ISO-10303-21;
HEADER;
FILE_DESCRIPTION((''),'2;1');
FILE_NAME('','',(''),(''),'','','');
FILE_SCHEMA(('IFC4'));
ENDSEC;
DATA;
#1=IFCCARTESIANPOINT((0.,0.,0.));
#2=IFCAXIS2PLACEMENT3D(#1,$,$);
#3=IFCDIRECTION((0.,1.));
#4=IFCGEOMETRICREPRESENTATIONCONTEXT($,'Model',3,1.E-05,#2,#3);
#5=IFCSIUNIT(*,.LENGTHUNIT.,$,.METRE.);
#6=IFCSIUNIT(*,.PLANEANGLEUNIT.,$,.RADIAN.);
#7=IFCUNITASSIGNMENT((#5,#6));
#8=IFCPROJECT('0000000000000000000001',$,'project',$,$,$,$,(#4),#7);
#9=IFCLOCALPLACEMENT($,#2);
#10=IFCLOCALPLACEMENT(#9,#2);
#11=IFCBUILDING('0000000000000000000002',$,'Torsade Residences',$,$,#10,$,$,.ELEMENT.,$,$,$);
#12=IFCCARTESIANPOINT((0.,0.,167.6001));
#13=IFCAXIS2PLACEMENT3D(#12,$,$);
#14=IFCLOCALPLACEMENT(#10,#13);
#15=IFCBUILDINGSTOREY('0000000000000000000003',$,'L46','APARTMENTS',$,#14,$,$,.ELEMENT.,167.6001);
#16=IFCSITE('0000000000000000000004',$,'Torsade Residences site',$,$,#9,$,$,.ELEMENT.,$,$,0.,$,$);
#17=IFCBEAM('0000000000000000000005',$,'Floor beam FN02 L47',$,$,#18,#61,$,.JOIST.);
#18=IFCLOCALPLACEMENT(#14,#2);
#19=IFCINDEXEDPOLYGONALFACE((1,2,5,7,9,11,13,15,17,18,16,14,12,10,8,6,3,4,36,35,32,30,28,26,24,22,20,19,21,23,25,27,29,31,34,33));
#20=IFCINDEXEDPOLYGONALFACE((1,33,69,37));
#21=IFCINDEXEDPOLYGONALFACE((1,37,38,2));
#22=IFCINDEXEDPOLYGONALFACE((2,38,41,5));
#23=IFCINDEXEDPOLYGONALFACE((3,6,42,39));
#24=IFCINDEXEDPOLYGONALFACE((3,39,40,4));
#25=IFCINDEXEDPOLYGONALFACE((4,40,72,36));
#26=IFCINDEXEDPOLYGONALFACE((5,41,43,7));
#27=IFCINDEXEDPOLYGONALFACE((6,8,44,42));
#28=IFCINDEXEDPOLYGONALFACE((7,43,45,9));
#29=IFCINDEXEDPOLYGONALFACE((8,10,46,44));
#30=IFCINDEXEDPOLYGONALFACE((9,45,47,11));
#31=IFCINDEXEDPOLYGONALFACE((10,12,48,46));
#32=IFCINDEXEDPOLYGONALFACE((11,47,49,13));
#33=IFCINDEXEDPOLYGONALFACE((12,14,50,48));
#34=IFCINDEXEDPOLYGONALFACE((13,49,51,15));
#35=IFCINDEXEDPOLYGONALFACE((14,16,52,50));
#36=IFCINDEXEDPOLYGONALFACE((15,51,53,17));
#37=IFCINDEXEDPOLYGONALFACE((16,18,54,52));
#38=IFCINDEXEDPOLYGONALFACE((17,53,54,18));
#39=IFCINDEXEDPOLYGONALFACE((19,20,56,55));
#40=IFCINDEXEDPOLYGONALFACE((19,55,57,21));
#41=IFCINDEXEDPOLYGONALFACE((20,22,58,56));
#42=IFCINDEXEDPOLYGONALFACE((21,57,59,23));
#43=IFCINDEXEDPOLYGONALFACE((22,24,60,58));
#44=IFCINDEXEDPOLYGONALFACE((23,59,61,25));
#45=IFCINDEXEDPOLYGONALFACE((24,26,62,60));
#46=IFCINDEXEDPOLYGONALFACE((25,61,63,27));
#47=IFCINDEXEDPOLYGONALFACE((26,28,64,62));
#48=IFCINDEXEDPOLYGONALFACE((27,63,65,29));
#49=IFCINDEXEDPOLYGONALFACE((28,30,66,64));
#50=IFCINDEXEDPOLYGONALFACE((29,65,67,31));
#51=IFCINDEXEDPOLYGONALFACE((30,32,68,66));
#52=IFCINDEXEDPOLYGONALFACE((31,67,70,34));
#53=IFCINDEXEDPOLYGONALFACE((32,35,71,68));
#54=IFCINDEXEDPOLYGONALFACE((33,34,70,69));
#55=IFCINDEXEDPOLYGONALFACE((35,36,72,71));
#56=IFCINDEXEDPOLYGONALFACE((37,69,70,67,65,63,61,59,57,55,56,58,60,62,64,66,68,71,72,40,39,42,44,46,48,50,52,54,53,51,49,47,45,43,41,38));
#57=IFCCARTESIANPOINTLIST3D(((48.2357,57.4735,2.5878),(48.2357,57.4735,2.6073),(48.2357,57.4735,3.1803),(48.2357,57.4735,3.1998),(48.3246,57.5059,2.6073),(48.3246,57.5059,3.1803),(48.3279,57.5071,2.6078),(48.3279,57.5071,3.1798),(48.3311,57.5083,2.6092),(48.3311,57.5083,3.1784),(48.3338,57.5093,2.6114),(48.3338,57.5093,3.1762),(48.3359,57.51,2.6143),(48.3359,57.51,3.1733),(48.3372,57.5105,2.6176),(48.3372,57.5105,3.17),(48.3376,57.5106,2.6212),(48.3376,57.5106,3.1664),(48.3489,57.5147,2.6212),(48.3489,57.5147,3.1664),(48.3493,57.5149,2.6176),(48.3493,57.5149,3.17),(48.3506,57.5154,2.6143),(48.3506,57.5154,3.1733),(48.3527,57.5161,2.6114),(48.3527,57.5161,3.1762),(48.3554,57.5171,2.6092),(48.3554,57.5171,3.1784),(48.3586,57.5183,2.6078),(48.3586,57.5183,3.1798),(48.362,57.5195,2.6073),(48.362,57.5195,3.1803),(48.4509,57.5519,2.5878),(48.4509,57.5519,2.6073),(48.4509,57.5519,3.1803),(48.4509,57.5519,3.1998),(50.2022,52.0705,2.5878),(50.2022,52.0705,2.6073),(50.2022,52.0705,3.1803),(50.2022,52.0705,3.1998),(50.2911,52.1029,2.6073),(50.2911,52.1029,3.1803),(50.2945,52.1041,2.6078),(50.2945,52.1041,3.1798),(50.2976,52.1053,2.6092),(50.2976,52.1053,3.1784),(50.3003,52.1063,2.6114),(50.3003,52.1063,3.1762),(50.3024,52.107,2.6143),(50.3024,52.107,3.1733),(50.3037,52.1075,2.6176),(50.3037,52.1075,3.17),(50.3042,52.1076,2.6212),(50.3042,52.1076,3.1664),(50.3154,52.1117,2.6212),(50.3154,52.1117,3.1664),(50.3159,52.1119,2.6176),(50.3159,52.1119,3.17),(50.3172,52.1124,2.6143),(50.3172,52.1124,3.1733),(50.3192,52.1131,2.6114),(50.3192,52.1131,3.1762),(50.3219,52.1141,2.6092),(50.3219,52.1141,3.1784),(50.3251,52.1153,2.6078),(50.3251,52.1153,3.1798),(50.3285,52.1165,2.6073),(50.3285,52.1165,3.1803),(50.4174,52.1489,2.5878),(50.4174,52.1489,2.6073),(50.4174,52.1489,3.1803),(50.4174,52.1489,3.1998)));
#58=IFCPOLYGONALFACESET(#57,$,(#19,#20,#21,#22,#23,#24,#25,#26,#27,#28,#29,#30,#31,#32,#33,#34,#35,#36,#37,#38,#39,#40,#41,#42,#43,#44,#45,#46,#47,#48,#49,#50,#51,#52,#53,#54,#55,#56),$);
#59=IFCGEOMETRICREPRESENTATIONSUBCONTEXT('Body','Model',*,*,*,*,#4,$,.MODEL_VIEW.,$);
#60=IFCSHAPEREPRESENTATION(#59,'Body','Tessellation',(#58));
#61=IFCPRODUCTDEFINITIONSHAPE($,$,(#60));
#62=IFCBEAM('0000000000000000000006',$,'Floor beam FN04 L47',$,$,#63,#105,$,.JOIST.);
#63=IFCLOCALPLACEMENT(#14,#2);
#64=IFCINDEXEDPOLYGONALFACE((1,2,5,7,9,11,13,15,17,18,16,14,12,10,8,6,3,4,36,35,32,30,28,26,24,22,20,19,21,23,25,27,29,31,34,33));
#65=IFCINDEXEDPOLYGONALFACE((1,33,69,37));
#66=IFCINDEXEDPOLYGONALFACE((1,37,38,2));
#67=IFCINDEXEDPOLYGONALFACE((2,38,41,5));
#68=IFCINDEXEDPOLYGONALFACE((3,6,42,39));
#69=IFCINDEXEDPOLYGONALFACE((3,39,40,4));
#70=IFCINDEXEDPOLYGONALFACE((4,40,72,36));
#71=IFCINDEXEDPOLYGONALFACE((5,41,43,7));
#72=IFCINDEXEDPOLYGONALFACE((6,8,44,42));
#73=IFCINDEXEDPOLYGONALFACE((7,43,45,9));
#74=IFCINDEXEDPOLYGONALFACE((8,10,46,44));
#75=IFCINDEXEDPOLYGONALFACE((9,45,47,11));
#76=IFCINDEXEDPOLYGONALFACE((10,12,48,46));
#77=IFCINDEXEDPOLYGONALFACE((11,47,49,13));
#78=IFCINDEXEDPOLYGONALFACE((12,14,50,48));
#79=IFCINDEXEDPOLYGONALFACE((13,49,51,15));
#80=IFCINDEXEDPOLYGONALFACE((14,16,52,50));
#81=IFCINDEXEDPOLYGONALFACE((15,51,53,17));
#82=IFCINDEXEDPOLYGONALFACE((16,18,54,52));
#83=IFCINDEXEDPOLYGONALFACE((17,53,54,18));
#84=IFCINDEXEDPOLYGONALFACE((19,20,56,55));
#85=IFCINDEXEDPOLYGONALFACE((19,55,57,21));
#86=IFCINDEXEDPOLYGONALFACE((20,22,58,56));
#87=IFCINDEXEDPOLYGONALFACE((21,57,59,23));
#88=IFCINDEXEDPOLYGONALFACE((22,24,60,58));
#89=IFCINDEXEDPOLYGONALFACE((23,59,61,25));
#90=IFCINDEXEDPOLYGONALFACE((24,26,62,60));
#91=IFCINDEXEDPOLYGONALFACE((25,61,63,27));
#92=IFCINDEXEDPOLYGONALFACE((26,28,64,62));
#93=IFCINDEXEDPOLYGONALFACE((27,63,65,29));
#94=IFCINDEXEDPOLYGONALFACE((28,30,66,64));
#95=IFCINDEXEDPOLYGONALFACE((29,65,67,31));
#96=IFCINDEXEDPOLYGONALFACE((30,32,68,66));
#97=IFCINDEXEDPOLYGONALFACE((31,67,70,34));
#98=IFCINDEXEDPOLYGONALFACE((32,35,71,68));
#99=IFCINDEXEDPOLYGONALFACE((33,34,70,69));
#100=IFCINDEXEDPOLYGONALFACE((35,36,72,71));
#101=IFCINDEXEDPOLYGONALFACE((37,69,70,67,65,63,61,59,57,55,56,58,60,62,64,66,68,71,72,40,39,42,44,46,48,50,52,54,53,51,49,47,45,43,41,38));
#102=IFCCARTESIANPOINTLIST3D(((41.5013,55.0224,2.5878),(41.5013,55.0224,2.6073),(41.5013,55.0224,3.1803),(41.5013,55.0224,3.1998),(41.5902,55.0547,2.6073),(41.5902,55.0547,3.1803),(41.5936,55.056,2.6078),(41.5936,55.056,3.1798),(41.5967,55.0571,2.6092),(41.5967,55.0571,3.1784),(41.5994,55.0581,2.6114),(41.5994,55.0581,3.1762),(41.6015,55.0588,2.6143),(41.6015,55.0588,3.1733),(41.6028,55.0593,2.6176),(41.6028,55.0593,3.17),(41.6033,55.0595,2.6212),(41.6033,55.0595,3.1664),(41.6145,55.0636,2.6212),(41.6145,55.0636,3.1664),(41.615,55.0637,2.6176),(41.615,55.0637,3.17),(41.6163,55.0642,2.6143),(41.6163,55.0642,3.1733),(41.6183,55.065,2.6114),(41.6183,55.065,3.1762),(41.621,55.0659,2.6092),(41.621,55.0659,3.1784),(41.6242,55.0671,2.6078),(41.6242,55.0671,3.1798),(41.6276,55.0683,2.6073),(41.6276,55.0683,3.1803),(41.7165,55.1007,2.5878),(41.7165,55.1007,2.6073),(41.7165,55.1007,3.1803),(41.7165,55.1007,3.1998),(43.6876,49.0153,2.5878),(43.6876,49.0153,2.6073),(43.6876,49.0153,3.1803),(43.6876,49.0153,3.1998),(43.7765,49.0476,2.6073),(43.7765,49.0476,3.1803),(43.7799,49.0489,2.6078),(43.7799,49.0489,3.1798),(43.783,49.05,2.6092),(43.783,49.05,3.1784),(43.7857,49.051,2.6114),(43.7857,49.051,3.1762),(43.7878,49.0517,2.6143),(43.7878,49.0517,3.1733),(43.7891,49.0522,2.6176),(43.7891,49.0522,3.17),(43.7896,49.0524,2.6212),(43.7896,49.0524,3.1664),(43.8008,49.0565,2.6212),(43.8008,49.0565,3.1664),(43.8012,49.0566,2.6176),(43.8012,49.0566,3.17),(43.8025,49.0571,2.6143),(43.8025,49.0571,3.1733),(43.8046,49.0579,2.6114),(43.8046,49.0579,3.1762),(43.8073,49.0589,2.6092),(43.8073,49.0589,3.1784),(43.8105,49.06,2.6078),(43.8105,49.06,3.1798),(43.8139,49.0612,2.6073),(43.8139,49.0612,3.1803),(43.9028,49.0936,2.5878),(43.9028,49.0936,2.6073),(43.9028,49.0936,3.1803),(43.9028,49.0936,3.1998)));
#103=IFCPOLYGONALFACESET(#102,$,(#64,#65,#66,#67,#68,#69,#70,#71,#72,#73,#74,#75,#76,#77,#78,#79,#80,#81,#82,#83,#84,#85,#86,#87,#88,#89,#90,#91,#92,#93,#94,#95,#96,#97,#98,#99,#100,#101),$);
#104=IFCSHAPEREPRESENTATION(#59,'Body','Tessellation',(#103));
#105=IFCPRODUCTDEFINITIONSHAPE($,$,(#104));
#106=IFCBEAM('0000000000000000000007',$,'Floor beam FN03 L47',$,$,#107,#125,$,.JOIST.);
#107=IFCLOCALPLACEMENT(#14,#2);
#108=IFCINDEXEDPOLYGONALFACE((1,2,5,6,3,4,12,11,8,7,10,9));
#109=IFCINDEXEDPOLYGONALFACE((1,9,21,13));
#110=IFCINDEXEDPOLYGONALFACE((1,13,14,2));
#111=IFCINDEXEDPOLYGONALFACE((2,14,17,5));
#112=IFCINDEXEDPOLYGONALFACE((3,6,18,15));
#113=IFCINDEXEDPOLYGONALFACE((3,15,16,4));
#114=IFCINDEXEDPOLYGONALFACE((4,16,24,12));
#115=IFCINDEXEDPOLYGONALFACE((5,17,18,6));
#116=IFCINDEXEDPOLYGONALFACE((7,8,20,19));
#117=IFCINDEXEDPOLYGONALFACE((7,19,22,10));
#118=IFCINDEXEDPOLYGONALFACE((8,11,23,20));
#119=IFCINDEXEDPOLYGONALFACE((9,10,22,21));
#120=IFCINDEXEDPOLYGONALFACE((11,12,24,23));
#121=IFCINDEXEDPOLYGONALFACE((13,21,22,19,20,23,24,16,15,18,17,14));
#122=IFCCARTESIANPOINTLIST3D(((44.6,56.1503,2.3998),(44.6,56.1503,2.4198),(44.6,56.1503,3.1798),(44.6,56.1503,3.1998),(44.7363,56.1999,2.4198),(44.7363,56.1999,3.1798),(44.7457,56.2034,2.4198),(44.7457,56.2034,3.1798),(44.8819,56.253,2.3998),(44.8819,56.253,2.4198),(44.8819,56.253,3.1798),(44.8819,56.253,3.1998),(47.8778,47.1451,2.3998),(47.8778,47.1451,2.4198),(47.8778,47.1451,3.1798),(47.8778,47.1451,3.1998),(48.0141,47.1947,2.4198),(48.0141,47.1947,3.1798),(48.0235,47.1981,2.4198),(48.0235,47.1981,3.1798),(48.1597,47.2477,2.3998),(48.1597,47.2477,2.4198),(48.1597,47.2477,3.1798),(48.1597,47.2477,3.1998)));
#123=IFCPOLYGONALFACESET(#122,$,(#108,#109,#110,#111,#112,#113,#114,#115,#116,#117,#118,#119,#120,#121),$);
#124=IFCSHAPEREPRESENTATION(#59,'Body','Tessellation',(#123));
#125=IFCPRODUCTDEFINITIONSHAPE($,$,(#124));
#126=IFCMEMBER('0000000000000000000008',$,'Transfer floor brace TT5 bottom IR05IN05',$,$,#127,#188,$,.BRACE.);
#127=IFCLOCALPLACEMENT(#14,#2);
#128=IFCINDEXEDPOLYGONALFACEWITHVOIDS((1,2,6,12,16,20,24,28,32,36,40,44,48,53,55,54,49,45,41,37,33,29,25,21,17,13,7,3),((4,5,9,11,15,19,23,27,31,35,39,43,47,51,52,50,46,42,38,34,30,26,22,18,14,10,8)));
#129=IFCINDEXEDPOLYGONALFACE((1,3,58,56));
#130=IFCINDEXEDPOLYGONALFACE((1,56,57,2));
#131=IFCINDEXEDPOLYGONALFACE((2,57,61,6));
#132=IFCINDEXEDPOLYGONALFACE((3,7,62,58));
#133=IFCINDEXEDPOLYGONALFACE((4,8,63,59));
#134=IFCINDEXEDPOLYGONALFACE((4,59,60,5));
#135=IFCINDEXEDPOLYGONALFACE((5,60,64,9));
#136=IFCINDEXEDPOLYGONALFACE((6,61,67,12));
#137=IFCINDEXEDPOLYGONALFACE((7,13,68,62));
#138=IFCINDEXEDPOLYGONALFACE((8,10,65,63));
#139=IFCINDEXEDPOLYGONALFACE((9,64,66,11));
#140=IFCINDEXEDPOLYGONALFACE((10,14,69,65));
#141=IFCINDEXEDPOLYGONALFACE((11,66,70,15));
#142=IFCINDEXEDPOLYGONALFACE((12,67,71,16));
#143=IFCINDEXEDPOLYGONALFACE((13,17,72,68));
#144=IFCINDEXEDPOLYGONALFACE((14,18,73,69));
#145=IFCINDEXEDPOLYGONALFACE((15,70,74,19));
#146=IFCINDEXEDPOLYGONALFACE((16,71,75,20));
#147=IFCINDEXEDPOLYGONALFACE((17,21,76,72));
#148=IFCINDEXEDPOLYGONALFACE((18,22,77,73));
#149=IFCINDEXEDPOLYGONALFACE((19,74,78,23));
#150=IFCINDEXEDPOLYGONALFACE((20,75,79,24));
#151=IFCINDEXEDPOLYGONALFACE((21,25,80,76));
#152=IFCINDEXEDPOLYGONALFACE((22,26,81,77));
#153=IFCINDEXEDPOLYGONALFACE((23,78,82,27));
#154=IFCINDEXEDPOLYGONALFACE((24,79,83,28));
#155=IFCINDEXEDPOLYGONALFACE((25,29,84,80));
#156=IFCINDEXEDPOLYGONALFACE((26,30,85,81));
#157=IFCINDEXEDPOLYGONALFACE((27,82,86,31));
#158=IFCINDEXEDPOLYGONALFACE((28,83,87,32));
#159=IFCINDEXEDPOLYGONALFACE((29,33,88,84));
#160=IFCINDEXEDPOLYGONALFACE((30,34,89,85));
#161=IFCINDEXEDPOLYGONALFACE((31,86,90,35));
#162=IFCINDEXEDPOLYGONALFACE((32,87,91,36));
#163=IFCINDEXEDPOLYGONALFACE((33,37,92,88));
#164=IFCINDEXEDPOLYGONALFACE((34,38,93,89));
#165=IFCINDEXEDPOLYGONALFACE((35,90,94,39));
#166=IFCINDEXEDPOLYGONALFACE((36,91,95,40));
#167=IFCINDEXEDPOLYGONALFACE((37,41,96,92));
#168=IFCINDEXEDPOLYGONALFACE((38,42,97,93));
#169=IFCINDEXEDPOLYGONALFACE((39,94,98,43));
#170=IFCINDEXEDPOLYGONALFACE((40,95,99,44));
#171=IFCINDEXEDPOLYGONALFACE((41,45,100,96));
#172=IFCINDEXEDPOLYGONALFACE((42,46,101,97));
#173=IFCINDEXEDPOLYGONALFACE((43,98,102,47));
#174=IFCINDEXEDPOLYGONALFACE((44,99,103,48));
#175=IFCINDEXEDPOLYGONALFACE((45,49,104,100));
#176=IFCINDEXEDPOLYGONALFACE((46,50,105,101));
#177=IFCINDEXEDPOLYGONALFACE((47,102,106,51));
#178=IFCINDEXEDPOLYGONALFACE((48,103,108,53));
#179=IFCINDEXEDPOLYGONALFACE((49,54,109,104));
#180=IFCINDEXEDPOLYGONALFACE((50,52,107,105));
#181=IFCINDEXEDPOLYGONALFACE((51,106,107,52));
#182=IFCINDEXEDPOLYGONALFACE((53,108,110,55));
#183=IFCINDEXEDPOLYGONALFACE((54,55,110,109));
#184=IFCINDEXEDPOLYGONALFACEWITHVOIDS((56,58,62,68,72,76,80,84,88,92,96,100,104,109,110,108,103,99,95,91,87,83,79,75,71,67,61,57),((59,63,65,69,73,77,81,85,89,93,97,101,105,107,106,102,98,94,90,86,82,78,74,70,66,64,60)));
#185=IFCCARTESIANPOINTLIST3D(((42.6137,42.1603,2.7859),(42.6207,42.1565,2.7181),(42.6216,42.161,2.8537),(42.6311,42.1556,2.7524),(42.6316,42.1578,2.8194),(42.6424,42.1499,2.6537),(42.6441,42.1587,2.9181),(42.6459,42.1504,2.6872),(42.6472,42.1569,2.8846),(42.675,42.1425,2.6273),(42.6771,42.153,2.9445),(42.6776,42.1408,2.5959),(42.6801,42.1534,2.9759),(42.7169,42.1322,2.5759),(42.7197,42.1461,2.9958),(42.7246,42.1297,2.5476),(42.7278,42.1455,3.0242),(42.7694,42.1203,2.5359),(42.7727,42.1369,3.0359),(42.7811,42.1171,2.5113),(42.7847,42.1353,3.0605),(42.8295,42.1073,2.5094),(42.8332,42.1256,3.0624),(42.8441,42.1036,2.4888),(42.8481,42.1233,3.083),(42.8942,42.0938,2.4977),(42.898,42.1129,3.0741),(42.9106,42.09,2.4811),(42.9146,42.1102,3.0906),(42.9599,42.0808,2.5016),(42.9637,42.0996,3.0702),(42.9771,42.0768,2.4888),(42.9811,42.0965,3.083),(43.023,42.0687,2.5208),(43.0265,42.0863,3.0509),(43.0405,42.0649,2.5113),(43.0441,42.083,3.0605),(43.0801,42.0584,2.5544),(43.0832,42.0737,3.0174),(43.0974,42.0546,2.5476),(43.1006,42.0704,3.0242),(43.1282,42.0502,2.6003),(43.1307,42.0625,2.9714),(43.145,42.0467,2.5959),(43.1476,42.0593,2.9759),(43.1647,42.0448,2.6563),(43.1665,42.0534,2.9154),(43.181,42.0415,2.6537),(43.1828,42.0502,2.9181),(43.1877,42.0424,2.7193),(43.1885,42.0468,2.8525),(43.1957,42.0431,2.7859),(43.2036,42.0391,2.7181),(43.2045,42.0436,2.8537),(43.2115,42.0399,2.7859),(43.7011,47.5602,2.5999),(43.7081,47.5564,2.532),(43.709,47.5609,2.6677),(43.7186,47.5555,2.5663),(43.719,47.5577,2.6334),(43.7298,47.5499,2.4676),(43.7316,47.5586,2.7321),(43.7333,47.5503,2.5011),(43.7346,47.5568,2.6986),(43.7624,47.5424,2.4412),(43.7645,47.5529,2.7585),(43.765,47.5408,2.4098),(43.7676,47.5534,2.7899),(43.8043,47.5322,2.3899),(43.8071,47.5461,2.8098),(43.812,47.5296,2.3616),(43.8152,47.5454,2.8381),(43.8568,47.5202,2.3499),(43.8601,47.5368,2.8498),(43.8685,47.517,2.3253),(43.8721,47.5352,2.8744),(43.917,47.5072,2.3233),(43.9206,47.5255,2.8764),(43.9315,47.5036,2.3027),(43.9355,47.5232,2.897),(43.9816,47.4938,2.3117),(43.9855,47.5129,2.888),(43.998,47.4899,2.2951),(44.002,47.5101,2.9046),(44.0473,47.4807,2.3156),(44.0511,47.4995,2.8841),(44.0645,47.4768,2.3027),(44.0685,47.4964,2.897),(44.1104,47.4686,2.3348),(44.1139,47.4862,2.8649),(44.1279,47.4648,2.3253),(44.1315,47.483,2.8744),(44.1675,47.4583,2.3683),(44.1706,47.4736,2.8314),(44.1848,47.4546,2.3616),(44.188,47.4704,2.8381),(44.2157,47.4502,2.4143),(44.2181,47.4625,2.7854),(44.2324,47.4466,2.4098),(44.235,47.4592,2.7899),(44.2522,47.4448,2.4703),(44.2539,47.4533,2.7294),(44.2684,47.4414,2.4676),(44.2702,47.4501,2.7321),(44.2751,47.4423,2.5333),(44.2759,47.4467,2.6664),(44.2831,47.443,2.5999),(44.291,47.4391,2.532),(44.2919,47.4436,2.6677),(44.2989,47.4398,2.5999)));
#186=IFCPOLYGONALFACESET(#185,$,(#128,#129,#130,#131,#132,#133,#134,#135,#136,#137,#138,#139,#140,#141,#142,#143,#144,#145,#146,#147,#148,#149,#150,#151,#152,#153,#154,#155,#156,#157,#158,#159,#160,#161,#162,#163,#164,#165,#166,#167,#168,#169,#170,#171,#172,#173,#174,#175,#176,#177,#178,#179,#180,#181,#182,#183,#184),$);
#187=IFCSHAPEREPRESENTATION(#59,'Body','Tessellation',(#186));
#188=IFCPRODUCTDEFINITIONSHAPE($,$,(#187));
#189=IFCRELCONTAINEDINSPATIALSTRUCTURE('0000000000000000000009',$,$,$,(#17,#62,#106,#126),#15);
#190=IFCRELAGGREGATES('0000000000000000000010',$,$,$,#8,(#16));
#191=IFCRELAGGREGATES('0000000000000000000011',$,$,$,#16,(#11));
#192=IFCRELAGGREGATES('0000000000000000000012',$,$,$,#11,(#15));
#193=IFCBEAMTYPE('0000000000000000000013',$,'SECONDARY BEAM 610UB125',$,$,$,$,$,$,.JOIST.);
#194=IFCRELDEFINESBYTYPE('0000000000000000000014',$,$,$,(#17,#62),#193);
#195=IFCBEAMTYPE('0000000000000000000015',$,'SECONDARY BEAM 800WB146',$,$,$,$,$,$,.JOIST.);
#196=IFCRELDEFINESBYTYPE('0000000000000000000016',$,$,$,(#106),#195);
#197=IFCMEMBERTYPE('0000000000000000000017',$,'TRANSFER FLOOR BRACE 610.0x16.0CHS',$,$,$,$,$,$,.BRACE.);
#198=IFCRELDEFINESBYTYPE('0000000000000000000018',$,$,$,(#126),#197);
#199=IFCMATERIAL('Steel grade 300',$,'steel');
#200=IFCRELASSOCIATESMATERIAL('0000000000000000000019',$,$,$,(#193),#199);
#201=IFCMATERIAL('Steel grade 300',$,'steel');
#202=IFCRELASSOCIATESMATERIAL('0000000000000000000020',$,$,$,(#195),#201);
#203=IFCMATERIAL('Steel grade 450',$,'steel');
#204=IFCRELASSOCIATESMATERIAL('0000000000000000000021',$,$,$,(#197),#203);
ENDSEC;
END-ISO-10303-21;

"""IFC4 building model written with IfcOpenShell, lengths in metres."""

from ifc_helpers import new_model, si_unit, direction, frame, origin, origin_2d, place, context, subcontext, project, spatial, hollow_circle, i_section, extrude, material, material_profile, profile_set, type_object, element, save


model = new_model("IFC4")

# Units and contexts
model_context = context("Model", 3, precision=1e-05, world=origin(), true_north=direction((0.0, 1.0)))
body_context = subcontext(model_context, "Body", "Model", "MODEL_VIEW")
ifc_project = project(units=[si_unit("LENGTHUNIT", "METRE"), si_unit("PLANEANGLEUNIT", "RADIAN")], contexts=[model_context])

# Site, building, storey
site_placement = place(None, origin())
site = spatial("IfcSite", under=ifc_project, at=site_placement, Name="Torsade Residences site", CompositionType="ELEMENT", RefElevation=0.0)
building_placement = place(site_placement, origin())
building = spatial("IfcBuilding", under=site, at=building_placement, Name="Torsade Residences", CompositionType="ELEMENT")
storey_placement = place(building_placement, frame((0.0, 0.0, 167.6001)))
storey = spatial("IfcBuildingStorey", under=building, at=storey_placement, Name="L46", Description="APARTMENTS", CompositionType="ELEMENT", Elevation=167.6001)

# Beams
ifc_material_1 = material(Name="Steel grade 300", Category="steel")
ifc_material_profile_1 = material_profile(ifc_material_1, i_section(OverallWidth=0.229, OverallDepth=0.6121, WebThickness=0.012, FlangeThickness=0.0195, FilletRadius=0.0139, at=origin_2d()), Name="610UB125")
ifc_profile_set_1 = profile_set([ifc_material_profile_1], Name="Steel grade 300")
beam_type_1 = type_object("IfcBeamType", Name="SECONDARY BEAM 610UB125", PredefinedType="JOIST", material=ifc_profile_set_1)
beam_1_placement = place(storey_placement, frame((48.3433, 57.5127, 2.8938), z_axis=(0.342019, -0.939693, 0.0), x_axis=(0.939693, 0.342019, 0.0)))
element("IfcBeam", 1, at=beam_1_placement, inside=storey, type_object=beam_type_1, Name="Floor beam FN02 L47", PredefinedType="JOIST", context=body_context, shape_type="SweptSolid", body=[
    extrude(i_section(OverallWidth=0.229, OverallDepth=0.6121, WebThickness=0.012, FlangeThickness=0.0195, FilletRadius=0.0139, at=origin_2d()), origin(), (0.0, 0.0, 1.0), 5.7498),
])
beam_2_placement = place(storey_placement, frame((41.6089, 55.0615, 2.8938), z_axis=(0.342004, -0.939699, 0.0), x_axis=(0.939699, 0.342004, 0.0)))
element("IfcBeam", 2, at=beam_2_placement, inside=storey, type_object=beam_type_1, Name="Floor beam FN04 L47", PredefinedType="JOIST", context=body_context, shape_type="SweptSolid", body=[
    extrude(i_section(OverallWidth=0.229, OverallDepth=0.6121, WebThickness=0.012, FlangeThickness=0.0195, FilletRadius=0.0139, at=origin_2d()), origin(), (0.0, 0.0, 1.0), 6.3926),
])
ifc_material_2 = material(Name="Steel grade 300", Category="steel")
ifc_material_profile_2 = material_profile(ifc_material_2, i_section(OverallWidth=0.3, OverallDepth=0.8, WebThickness=0.01, FlangeThickness=0.02, at=origin_2d()), Name="800WB146")
ifc_profile_set_2 = profile_set([ifc_material_profile_2], Name="Steel grade 300")
beam_type_2 = type_object("IfcBeamType", Name="SECONDARY BEAM 800WB146", PredefinedType="JOIST", material=ifc_profile_set_2)
beam_3_placement = place(storey_placement, frame((44.741, 56.2017, 2.7998), z_axis=(0.342034, -0.939688, 0.0), x_axis=(0.939688, 0.342034, 0.0)))
element("IfcBeam", 3, at=beam_3_placement, inside=storey, type_object=beam_type_2, Name="Floor beam FN03 L47", PredefinedType="JOIST", context=body_context, shape_type="SweptSolid", body=[
    extrude(i_section(OverallWidth=0.3, OverallDepth=0.8, WebThickness=0.01, FlangeThickness=0.02, at=origin_2d()), origin(), (0.0, 0.0, 1.0), 9.5833),
])

# Member
ifc_material_3 = material(Name="Steel grade 450", Category="steel")
ifc_material_profile_3 = material_profile(ifc_material_3, hollow_circle(Radius=0.3049, WallThickness=0.0161, at=origin_2d()), Name="610.0x16.0CHS")
ifc_profile_set_3 = profile_set([ifc_material_profile_3], Name="Steel grade 450")
member_type_1 = type_object("IfcMemberType", Name="TRANSFER FLOOR BRACE 610.0x16.0CHS", PredefinedType="BRACE", material=ifc_profile_set_3)
member_1_placement = place(storey_placement, frame((44.0, 47.5, 2.5999), z_axis=(-0.197299, -0.979762, 0.033754), x_axis=(0.980321, -0.197412, 0.0)))
element("IfcMember", 4, at=member_1_placement, inside=storey, type_object=member_type_1, Name="Transfer floor brace TT5 bottom IR05IN05", PredefinedType="BRACE", context=body_context, shape_type="SweptSolid", body=[
    extrude(hollow_circle(Radius=0.3049, WallThickness=0.0161, at=origin_2d()), origin(), (0.0, 0.0, 1.0), 5.5115),
])

save(model, "model.ifc")
